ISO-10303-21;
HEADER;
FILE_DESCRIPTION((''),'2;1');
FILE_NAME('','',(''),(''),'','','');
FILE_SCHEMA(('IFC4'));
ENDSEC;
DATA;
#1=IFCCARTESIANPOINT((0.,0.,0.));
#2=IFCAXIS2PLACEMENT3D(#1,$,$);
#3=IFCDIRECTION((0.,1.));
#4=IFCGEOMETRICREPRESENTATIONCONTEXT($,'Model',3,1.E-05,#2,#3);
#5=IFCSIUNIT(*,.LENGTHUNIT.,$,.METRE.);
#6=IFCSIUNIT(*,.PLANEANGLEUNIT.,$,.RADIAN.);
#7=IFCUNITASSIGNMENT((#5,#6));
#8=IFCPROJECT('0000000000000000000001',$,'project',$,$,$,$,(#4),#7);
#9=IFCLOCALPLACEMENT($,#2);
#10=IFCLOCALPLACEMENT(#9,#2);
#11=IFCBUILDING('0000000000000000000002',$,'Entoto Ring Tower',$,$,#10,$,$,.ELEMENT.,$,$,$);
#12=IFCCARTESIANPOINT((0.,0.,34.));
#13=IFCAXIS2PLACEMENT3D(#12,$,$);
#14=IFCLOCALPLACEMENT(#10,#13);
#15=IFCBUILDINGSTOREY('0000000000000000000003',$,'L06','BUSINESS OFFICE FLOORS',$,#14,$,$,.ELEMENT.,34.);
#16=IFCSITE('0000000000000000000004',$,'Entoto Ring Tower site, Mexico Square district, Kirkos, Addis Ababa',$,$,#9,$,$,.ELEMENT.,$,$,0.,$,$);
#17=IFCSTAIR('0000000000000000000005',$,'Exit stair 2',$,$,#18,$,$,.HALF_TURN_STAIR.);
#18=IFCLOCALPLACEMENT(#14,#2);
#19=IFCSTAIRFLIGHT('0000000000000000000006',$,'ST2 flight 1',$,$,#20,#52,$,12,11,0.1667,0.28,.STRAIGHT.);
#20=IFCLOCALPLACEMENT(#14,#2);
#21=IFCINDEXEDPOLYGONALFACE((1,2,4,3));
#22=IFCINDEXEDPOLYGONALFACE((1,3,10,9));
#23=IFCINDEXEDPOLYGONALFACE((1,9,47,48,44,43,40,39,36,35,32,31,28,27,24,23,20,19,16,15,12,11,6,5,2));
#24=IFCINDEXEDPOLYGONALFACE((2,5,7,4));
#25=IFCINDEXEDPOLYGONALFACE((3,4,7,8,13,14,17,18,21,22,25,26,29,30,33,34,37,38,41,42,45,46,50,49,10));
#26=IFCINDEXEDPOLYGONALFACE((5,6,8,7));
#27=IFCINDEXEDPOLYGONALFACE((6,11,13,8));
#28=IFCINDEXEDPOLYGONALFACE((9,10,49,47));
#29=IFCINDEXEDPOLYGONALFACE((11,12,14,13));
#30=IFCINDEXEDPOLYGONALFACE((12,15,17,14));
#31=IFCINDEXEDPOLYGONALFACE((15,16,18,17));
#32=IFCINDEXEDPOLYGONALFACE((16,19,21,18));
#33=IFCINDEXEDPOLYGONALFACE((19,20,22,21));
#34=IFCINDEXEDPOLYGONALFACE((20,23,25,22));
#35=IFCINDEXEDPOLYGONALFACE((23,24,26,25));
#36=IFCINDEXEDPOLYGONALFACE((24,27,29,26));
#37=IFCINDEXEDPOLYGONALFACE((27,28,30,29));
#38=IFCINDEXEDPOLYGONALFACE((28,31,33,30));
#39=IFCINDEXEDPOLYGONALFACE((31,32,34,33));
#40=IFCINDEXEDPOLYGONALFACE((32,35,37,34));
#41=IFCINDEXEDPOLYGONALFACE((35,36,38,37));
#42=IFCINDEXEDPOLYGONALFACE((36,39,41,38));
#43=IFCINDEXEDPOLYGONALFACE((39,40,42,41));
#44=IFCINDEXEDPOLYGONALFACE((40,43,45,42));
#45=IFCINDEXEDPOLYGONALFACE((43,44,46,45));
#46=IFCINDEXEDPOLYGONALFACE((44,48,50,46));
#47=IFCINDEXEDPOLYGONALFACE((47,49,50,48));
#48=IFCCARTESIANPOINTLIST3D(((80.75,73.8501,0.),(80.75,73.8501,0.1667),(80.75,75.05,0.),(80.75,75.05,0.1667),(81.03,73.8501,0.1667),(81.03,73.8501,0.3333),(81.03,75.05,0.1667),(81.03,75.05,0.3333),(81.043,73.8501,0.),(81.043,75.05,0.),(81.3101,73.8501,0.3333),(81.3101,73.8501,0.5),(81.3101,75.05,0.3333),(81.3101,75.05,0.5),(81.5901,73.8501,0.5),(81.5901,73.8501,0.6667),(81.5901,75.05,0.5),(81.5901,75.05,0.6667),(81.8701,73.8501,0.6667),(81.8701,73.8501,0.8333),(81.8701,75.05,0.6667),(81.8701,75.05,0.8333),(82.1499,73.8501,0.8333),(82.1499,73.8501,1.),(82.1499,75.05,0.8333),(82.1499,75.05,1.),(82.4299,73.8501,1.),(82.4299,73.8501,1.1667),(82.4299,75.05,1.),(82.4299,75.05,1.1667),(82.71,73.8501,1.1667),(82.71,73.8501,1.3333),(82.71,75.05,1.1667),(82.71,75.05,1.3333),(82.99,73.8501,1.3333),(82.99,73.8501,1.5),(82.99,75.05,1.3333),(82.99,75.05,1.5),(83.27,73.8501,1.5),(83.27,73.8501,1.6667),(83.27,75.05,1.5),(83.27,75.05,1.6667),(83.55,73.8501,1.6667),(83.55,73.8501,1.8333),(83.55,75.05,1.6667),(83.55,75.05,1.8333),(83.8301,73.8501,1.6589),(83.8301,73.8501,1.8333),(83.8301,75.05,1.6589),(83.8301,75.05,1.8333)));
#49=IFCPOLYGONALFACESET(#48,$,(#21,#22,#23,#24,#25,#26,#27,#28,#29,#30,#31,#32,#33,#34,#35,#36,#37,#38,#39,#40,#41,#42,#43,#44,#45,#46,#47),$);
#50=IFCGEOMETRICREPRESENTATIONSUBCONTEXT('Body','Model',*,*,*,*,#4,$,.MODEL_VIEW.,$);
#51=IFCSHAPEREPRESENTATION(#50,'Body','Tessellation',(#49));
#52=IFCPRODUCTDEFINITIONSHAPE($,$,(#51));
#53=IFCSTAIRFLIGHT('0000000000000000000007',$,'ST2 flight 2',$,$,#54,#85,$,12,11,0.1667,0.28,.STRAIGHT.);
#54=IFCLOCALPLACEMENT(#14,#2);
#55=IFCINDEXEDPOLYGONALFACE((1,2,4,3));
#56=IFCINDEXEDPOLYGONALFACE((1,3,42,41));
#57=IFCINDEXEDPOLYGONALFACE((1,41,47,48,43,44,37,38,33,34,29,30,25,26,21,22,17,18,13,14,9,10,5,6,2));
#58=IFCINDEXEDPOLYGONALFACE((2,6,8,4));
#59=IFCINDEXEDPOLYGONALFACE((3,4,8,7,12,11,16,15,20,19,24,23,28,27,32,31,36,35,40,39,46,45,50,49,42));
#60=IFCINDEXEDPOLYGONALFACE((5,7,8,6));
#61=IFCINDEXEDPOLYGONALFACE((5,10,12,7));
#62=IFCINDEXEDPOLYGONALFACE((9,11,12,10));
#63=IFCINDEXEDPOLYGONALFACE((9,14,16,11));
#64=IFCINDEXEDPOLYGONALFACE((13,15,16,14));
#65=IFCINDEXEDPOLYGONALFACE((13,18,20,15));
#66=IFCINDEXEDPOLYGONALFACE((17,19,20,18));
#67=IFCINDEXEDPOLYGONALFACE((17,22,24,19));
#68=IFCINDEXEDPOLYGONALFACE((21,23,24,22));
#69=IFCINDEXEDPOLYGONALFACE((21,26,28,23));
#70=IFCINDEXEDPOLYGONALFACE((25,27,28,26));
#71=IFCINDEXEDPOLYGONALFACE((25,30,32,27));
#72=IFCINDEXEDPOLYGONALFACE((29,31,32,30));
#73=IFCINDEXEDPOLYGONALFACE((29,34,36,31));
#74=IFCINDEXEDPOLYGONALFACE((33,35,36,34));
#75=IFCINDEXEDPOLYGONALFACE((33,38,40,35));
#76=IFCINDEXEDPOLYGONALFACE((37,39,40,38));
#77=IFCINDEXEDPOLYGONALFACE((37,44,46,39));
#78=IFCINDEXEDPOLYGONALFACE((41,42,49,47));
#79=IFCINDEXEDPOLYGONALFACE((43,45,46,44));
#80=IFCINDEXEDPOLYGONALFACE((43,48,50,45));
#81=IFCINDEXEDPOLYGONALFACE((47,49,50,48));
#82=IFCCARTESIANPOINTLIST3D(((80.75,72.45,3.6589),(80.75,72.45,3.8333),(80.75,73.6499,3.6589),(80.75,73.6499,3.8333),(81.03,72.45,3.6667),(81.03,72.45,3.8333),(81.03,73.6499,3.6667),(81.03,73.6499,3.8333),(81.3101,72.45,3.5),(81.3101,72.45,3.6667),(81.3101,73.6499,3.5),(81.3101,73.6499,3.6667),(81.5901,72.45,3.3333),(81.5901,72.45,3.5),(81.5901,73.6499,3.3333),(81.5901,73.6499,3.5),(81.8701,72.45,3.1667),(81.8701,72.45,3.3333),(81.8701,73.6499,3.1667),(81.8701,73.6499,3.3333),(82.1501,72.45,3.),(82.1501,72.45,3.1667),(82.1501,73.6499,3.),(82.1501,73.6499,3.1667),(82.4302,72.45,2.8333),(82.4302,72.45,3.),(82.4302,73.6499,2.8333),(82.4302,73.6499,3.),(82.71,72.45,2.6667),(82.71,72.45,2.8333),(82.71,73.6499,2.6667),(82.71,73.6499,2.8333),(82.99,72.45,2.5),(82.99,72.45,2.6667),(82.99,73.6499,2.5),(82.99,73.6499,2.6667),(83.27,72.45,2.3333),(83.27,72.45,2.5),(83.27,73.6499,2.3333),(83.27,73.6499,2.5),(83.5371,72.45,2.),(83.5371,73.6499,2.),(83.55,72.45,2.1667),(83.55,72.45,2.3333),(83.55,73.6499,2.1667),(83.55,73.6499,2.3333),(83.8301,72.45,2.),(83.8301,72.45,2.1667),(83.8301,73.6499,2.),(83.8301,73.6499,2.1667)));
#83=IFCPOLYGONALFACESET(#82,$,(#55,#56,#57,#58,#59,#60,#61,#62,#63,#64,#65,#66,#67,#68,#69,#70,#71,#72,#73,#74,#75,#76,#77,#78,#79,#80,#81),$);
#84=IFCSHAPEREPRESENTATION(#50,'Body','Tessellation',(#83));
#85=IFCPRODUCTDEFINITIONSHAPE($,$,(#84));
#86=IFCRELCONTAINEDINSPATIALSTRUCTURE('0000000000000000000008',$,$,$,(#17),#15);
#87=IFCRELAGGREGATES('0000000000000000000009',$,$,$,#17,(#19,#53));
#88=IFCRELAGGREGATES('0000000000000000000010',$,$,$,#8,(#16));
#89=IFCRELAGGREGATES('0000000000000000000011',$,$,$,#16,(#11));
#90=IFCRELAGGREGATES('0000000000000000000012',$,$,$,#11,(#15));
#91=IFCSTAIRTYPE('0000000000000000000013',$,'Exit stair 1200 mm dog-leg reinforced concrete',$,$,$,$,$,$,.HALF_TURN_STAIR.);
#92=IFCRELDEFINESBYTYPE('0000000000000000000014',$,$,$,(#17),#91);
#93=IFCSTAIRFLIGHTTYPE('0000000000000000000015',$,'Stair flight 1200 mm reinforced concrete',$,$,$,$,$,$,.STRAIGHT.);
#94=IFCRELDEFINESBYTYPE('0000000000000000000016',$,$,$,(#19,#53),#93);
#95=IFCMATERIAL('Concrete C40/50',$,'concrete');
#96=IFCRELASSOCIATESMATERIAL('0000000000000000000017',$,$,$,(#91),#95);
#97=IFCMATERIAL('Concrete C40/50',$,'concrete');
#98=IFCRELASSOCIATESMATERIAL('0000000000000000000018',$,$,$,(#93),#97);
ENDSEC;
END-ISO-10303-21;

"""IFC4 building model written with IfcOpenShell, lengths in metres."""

from ifc_helpers import new_model, si_unit, direction, frame, origin, place, context, subcontext, project, spatial, polyline, outline, extrude, material, type_object, element, aggregate, save


model = new_model("IFC4")

# Units and contexts
model_context = context("Model", 3, precision=1e-05, world=origin(), true_north=direction((0.0, 1.0)))
body_context = subcontext(model_context, "Body", "Model", "MODEL_VIEW")
ifc_project = project(units=[si_unit("LENGTHUNIT", "METRE"), si_unit("PLANEANGLEUNIT", "RADIAN")], contexts=[model_context])

# Site, building, storey
site_placement = place(None, origin())
site = spatial("IfcSite", under=ifc_project, at=site_placement, Name="Entoto Ring Tower site, Mexico Square district, Kirkos, Addis Ababa", CompositionType="ELEMENT", RefElevation=0.0)
building_placement = place(site_placement, origin())
building = spatial("IfcBuilding", under=site, at=building_placement, Name="Entoto Ring Tower", CompositionType="ELEMENT")
storey_placement = place(building_placement, frame((0.0, 0.0, 34.0)))
storey = spatial("IfcBuildingStorey", under=building, at=storey_placement, Name="L06", Description="BUSINESS OFFICE FLOORS", CompositionType="ELEMENT", Elevation=34.0)

# Stair, stair flights
ifc_material_1 = material(Name="Concrete C40/50", Category="concrete")
stair_type = type_object("IfcStairType", Name="Exit stair 1200 mm dog-leg reinforced concrete", PredefinedType="HALF_TURN_STAIR", material=ifc_material_1)
stair_placement = place(storey_placement, origin())
stair = element("IfcStair", 1, at=stair_placement, inside=storey, type_object=stair_type, Name="Exit stair 2", PredefinedType="HALF_TURN_STAIR")
ifc_material_2 = material(Name="Concrete C40/50", Category="concrete")
stair_flight_type = type_object("IfcStairFlightType", Name="Stair flight 1200 mm reinforced concrete", PredefinedType="STRAIGHT", material=ifc_material_2)
stair_flight_1_placement = place(storey_placement, frame((80.75, 74.45, 0.0), z_axis=(0.0, 0.0, 1.0), x_axis=(1.0, 0.0, 0.0)))
stair_flight_1 = element("IfcStairFlight", 2, at=stair_flight_1_placement, type_object=stair_flight_type, Name="ST2 flight 1", NumberOfRisers=12, NumberOfTreads=11, PredefinedType="STRAIGHT", RiserHeight=0.1667, TreadLength=0.28, context=body_context, shape_type="SweptSolid", body=[
    extrude(outline(polyline([(0.0, 0.0), (0.0, 0.1667), (0.28, 0.1667), (0.28, 0.3333), (0.5601, 0.3333), (0.5601, 0.5), (0.8401, 0.5), (0.8401, 0.6667), (1.1201, 0.6667), (1.1201, 0.8333), (1.3999, 0.8333), (1.3999, 1.0), (1.6799, 1.0), (1.6799, 1.1667), (1.96, 1.1667), (1.96, 1.3333), (2.24, 1.3333), (2.24, 1.5), (2.52, 1.5), (2.52, 1.6667), (2.8, 1.6667), (2.8, 1.8333), (3.0801, 1.8333), (3.0801, 2.0), (3.0801, 1.6589), (0.293, 0.0), (0.0, 0.0)])), frame((0.0, 0.6001, 0.0), z_axis=(0.0, -1.0, 0.0), x_axis=(1.0, 0.0, 0.0)), (0.0, 0.0, 1.0), 1.2),
])
stair_flight_2_placement = place(storey_placement, frame((83.8301, 73.05, 2.0), z_axis=(0.0, 0.0, 1.0), x_axis=(-1.0, 0.0, 0.0)))
stair_flight_2 = element("IfcStairFlight", 3, at=stair_flight_2_placement, type_object=stair_flight_type, Name="ST2 flight 2", NumberOfRisers=12, NumberOfTreads=11, PredefinedType="STRAIGHT", RiserHeight=0.1667, TreadLength=0.28, context=body_context, shape_type="SweptSolid", body=[
    extrude(outline(polyline([(0.0, 0.0), (0.0, 0.1667), (0.28, 0.1667), (0.28, 0.3333), (0.5601, 0.3333), (0.5601, 0.5), (0.8401, 0.5), (0.8401, 0.6667), (1.1201, 0.6667), (1.1201, 0.8333), (1.3999, 0.8333), (1.3999, 1.0), (1.6799, 1.0), (1.6799, 1.1667), (1.96, 1.1667), (1.96, 1.3333), (2.24, 1.3333), (2.24, 1.5), (2.52, 1.5), (2.52, 1.6667), (2.8, 1.6667), (2.8, 1.8333), (3.0801, 1.8333), (3.0801, 2.0), (3.0801, 1.6589), (0.293, 0.0), (0.0, 0.0)])), frame((0.0, 0.6001, 0.0), z_axis=(0.0, -1.0, 0.0), x_axis=(1.0, 0.0, 0.0)), (0.0, 0.0, 1.0), 1.2),
])
aggregate(stair, [stair_flight_1, stair_flight_2])

save(model, "model.ifc")
